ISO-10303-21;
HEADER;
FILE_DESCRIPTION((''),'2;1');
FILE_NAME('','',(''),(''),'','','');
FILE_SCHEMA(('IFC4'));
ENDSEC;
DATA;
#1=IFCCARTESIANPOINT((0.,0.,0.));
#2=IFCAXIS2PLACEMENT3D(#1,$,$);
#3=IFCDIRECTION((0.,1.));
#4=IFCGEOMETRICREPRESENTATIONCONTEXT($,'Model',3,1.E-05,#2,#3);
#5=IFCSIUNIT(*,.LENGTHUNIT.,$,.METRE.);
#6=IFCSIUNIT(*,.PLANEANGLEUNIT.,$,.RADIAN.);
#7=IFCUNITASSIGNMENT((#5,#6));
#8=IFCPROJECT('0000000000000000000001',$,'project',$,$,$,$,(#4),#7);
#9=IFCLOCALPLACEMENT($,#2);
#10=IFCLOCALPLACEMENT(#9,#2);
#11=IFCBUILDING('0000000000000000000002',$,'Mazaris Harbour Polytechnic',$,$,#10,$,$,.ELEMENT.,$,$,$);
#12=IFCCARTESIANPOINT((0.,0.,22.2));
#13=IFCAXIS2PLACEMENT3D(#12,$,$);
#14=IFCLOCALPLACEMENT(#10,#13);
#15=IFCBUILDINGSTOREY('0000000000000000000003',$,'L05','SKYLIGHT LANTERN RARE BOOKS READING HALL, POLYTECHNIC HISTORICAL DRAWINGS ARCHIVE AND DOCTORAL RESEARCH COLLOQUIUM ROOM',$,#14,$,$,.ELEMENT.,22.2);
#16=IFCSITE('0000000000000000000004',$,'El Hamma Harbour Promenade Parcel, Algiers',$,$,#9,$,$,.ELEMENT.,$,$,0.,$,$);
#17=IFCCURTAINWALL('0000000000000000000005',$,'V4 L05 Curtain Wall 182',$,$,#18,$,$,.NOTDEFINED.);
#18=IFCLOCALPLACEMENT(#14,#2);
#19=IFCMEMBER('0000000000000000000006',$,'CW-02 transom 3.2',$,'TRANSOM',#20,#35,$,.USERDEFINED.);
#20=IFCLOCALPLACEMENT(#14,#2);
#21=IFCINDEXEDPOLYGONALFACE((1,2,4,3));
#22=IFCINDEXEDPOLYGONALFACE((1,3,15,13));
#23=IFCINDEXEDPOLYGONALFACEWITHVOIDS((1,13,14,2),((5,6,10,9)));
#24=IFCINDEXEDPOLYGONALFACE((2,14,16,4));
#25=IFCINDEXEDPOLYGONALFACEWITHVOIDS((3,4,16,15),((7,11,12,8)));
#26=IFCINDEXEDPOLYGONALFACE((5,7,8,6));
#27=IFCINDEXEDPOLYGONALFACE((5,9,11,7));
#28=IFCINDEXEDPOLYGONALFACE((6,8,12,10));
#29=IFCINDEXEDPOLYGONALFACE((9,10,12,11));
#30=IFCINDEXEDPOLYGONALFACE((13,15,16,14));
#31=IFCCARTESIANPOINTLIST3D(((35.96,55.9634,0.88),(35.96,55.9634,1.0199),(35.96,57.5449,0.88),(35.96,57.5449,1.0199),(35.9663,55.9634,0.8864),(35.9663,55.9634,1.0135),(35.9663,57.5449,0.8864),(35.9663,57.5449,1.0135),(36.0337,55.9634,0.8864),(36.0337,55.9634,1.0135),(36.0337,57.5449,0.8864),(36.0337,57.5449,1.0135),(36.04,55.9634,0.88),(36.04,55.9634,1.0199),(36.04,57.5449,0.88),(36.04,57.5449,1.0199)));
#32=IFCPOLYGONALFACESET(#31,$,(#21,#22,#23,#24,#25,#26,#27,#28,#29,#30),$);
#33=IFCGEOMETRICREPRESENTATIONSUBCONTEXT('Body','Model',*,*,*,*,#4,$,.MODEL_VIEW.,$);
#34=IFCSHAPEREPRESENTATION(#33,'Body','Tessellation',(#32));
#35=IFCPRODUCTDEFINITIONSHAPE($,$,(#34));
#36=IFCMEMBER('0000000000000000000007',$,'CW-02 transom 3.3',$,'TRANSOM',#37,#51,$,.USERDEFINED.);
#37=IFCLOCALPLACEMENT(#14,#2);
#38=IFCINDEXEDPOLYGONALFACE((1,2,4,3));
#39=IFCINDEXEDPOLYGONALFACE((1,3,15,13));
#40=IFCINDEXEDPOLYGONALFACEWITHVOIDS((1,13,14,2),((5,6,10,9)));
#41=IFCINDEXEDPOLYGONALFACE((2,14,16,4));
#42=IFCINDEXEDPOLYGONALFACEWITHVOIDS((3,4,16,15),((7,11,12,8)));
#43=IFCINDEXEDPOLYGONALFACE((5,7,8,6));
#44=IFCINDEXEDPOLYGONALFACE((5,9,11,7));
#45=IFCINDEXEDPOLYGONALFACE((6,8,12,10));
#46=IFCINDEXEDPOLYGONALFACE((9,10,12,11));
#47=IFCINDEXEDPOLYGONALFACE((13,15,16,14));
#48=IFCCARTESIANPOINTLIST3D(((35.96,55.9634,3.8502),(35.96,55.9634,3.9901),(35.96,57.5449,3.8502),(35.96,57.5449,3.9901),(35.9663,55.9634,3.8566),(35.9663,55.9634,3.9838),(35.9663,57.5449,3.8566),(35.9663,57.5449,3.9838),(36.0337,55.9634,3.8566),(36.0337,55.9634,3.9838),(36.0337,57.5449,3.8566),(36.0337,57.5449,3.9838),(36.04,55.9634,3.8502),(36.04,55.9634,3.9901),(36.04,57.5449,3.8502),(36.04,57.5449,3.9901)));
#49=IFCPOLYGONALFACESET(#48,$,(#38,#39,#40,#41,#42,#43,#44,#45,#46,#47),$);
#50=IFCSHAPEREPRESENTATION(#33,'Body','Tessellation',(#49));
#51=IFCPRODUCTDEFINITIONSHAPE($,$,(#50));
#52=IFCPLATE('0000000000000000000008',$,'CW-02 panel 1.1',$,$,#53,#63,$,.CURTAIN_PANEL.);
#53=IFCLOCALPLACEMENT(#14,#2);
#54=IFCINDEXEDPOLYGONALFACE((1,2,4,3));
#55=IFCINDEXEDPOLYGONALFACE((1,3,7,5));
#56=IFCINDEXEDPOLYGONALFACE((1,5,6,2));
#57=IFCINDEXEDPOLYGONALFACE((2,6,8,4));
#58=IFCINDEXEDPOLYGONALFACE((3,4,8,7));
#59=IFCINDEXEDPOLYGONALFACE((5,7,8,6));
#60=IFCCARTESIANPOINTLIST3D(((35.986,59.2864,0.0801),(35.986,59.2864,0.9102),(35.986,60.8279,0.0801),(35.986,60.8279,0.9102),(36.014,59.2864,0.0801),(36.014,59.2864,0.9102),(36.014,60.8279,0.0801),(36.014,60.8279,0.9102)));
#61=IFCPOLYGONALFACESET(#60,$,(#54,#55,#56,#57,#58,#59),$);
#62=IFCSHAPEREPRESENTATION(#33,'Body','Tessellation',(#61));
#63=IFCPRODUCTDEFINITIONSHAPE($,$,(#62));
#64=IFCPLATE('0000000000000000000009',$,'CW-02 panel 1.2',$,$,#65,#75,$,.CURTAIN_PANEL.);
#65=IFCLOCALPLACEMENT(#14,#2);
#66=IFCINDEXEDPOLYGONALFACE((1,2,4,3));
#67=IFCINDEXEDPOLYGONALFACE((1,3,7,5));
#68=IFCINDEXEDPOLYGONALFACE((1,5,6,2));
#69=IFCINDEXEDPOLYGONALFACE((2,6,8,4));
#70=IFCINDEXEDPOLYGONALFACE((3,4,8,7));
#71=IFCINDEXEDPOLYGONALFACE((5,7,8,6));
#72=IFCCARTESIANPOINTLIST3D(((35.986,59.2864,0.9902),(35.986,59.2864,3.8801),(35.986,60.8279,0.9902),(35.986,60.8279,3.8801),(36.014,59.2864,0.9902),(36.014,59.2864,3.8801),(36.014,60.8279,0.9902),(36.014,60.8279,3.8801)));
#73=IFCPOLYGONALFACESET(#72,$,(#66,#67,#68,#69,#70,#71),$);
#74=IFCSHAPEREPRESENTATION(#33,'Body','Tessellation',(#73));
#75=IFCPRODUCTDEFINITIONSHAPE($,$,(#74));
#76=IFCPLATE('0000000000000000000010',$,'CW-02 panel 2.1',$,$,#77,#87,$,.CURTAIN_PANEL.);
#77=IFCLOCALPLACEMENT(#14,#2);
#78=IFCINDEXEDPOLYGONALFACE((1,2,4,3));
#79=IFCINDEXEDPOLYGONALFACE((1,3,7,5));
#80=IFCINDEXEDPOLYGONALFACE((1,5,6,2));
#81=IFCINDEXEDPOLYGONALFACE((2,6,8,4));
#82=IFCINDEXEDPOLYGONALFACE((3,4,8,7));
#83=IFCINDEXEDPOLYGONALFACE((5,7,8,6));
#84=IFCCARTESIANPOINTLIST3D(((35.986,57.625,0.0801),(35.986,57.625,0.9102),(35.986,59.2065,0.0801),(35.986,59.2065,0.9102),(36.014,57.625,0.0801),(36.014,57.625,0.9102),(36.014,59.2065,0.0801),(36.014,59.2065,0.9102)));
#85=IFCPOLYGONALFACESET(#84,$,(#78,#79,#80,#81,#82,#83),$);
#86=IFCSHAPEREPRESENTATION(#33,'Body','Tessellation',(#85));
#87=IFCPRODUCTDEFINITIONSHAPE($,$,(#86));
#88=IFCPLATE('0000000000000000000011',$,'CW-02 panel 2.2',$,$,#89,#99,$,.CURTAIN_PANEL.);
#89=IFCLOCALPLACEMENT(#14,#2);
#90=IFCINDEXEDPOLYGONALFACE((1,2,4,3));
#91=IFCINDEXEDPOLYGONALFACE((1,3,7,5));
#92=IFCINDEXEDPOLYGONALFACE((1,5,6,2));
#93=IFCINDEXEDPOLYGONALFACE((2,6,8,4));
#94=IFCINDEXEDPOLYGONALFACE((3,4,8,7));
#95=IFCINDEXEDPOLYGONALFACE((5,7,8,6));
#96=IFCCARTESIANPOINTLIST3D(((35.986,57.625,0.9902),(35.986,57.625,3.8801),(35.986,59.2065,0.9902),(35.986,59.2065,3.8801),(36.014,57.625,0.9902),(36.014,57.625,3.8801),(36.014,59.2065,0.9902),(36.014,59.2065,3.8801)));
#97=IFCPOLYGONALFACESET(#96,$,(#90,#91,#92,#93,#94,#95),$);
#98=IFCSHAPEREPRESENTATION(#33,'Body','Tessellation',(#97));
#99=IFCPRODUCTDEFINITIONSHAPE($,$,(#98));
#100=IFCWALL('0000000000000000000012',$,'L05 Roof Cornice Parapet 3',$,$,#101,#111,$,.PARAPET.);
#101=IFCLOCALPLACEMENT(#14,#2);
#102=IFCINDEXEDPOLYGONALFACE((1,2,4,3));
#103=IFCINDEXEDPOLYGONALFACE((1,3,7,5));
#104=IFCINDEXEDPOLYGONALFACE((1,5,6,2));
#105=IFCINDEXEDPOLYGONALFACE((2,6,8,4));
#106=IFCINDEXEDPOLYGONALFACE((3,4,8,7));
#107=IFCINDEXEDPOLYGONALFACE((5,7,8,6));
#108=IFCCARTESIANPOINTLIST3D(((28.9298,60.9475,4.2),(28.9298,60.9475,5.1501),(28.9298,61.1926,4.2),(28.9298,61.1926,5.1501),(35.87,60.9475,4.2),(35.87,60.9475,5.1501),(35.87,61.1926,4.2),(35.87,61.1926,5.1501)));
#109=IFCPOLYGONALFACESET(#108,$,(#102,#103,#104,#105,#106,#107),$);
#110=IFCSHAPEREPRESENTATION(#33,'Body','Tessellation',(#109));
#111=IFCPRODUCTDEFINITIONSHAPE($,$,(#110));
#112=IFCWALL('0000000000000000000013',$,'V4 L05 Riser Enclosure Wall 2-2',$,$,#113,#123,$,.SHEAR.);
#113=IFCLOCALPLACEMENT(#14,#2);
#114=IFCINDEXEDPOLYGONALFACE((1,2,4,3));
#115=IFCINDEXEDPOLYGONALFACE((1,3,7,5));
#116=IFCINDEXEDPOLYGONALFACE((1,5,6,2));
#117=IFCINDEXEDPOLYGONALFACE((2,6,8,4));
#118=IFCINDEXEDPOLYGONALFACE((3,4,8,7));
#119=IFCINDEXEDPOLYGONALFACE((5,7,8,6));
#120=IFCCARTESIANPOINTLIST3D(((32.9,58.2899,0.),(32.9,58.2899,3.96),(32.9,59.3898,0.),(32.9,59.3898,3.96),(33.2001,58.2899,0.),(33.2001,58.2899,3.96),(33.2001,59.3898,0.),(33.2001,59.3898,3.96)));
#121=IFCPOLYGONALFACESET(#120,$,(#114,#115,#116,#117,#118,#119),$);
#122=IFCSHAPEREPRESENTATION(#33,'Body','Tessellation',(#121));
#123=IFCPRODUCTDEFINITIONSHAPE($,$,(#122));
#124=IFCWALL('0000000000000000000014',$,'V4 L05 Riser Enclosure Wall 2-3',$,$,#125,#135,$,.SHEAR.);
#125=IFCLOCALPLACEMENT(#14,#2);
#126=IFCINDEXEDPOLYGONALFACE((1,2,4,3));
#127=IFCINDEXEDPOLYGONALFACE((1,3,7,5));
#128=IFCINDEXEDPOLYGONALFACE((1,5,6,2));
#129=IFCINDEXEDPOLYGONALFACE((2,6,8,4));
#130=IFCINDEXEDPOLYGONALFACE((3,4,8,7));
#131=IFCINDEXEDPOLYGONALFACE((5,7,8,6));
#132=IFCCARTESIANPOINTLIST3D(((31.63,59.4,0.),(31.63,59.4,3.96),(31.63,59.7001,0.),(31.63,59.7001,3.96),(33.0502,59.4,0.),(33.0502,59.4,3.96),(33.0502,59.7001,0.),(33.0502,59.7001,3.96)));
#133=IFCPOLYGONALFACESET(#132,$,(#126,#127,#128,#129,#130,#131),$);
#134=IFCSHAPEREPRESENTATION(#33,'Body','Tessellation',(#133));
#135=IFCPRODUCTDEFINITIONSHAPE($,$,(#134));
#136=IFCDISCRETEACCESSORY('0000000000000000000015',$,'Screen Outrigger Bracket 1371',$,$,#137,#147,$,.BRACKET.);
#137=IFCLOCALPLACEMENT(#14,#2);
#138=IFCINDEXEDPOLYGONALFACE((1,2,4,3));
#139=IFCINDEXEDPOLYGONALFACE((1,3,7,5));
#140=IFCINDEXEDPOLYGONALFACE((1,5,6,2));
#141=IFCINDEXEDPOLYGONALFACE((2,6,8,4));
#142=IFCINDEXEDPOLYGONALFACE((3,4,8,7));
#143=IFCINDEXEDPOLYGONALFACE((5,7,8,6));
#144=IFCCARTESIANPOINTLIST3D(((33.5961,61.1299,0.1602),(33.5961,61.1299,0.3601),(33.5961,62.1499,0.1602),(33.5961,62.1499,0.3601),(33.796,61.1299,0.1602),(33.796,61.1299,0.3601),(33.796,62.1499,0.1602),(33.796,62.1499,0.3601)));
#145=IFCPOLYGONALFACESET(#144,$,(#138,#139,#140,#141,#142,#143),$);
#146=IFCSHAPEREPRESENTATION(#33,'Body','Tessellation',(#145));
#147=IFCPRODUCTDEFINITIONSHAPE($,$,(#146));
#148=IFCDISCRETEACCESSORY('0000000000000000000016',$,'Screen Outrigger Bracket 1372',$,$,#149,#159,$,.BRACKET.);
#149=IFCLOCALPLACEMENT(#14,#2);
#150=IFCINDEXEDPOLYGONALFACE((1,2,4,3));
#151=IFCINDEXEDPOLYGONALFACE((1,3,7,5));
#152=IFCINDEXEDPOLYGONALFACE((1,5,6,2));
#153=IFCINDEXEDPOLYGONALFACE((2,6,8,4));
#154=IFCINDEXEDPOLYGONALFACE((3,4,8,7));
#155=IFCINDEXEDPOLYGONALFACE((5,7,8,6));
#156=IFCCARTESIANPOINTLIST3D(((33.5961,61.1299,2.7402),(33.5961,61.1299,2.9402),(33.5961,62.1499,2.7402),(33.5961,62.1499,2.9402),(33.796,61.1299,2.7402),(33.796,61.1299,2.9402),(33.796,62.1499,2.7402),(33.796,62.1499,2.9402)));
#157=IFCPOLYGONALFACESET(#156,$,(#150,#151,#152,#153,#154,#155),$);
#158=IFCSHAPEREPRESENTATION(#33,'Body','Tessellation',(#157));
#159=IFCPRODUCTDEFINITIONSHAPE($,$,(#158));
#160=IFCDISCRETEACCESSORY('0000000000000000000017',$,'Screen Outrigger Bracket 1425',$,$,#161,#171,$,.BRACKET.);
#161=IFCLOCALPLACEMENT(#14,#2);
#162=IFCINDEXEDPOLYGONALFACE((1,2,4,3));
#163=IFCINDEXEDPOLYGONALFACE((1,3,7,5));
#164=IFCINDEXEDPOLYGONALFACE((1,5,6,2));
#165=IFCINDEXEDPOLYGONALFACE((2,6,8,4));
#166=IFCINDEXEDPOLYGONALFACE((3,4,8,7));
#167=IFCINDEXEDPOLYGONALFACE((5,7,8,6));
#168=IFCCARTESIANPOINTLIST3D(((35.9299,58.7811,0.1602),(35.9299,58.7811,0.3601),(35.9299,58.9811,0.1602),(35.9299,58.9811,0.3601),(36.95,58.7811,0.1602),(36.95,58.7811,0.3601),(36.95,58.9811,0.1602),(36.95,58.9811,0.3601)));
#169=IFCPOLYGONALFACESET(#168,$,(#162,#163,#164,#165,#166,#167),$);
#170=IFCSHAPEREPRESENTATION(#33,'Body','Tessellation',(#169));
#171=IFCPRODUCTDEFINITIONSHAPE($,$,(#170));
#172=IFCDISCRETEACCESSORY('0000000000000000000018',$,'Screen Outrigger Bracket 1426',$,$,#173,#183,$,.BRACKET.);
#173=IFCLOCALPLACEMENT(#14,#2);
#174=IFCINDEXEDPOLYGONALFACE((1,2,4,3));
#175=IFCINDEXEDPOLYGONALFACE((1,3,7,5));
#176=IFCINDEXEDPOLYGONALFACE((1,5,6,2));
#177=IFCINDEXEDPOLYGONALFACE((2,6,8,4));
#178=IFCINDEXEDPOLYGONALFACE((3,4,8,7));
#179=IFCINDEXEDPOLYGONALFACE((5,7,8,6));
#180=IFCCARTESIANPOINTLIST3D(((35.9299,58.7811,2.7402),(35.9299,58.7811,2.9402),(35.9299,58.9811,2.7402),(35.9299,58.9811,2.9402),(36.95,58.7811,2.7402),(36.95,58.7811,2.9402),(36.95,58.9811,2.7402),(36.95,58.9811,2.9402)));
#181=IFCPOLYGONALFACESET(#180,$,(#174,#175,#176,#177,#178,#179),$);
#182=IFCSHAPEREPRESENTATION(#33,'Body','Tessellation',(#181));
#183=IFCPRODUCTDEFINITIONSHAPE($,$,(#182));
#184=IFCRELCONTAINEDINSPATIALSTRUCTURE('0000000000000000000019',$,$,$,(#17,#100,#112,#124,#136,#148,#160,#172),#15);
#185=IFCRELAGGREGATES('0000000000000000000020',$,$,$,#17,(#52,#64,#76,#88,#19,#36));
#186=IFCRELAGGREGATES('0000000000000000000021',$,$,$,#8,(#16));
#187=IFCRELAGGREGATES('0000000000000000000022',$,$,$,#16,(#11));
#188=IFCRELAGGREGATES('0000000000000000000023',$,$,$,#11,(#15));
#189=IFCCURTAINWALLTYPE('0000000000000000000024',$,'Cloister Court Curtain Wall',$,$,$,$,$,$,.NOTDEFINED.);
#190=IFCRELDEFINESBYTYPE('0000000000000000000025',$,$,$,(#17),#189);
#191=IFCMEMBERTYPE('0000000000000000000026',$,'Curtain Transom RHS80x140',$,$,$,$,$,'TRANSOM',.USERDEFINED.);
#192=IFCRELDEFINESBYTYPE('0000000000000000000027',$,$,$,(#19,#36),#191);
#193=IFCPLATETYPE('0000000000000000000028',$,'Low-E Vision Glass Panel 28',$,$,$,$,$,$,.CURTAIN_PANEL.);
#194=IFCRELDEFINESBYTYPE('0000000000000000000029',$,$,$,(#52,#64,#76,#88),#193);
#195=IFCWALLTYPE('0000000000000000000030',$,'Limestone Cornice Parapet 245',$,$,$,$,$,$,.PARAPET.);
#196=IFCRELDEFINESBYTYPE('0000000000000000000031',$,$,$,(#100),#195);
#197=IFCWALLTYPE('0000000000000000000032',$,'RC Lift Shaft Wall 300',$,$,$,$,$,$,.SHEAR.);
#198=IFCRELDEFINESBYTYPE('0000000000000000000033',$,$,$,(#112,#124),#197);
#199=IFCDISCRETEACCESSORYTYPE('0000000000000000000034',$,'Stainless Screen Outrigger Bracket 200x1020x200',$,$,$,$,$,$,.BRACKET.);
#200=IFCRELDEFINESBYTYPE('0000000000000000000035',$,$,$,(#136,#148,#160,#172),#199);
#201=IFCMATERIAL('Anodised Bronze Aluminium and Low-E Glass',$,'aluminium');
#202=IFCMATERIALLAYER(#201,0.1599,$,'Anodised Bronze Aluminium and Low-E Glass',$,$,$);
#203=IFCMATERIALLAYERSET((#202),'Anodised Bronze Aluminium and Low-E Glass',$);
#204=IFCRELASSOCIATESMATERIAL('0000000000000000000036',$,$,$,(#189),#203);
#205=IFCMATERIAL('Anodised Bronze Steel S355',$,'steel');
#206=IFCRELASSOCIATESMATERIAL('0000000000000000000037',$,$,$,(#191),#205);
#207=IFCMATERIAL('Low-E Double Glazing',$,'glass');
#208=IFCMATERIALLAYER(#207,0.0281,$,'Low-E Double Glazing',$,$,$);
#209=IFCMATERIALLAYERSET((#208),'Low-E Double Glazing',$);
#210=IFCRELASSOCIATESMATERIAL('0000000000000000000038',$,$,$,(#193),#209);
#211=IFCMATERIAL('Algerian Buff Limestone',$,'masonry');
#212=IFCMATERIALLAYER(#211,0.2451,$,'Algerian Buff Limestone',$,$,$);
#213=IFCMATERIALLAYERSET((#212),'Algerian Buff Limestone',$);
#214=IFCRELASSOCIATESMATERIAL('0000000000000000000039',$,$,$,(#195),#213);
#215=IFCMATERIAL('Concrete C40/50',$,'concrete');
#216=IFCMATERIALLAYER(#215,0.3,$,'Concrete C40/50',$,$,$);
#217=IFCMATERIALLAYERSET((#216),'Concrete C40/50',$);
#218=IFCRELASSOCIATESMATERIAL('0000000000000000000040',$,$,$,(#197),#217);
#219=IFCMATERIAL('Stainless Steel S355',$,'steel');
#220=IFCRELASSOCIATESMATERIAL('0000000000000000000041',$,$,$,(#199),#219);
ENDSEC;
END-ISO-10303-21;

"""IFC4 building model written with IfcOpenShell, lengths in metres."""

from ifc_helpers import new_model, si_unit, direction, frame, frame_2d, origin, origin_2d, place, context, subcontext, project, spatial, rectangle, hollow_rectangle, extrude, material, layer, layer_set, material_profile, profile_set, type_object, element, aggregate, save


model = new_model("IFC4")

# Units and contexts
model_context = context("Model", 3, precision=1e-05, world=origin(), true_north=direction((0.0, 1.0)))
body_context = subcontext(model_context, "Body", "Model", "MODEL_VIEW")
ifc_project = project(units=[si_unit("LENGTHUNIT", "METRE"), si_unit("PLANEANGLEUNIT", "RADIAN")], contexts=[model_context])

# Site, building, storey
site_placement = place(None, origin())
site = spatial("IfcSite", under=ifc_project, at=site_placement, Name="El Hamma Harbour Promenade Parcel, Algiers", CompositionType="ELEMENT", RefElevation=0.0)
building_placement = place(site_placement, origin())
building = spatial("IfcBuilding", under=site, at=building_placement, Name="Mazaris Harbour Polytechnic", CompositionType="ELEMENT")
storey_placement = place(building_placement, frame((0.0, 0.0, 22.2)))
storey = spatial("IfcBuildingStorey", under=building, at=storey_placement, Name="L05", Description="SKYLIGHT LANTERN RARE BOOKS READING HALL, POLYTECHNIC HISTORICAL DRAWINGS ARCHIVE AND DOCTORAL RESEARCH COLLOQUIUM ROOM", CompositionType="ELEMENT", Elevation=22.2)

# Curtain wall, members, plates
ifc_material_1 = material(Name="Anodised Bronze Aluminium and Low-E Glass", Category="aluminium")
ifc_layer_1 = layer(ifc_material_1, 0.1599, Name="Anodised Bronze Aluminium and Low-E Glass")
ifc_layer_set_1 = layer_set([ifc_layer_1], Name="Anodised Bronze Aluminium and Low-E Glass")
curtain_wall_type = type_object("IfcCurtainWallType", Name="Cloister Court Curtain Wall", PredefinedType="NOTDEFINED", material=ifc_layer_set_1)
curtain_wall_placement = place(storey_placement, origin())
curtain_wall = element("IfcCurtainWall", 1, at=curtain_wall_placement, inside=storey, type_object=curtain_wall_type, Name="V4 L05 Curtain Wall 182", PredefinedType="NOTDEFINED")
ifc_material_2 = material(Name="Anodised Bronze Steel S355", Category="steel")
ifc_material_profile_1 = material_profile(ifc_material_2, hollow_rectangle(XDim=0.0801, YDim=0.1399, WallThickness=0.0063, at=origin_2d()), Name="RHS 80x140x6.3")
ifc_profile_set_1 = profile_set([ifc_material_profile_1], Name="Anodised Bronze Steel S355")
member_type_1 = type_object("IfcMemberType", Name="Curtain Transom RHS80x140", ElementType="TRANSOM", PredefinedType="USERDEFINED", material=ifc_profile_set_1)
member_1_placement = place(storey_placement, frame((36.0, 57.5449, 0.95), z_axis=(0.0, -1.0, 0.0), x_axis=(1.0, 0.0, 0.0)))
member_1 = element("IfcMember", 2, at=member_1_placement, type_object=member_type_1, Name="CW-02 transom 3.2", ObjectType="TRANSOM", PredefinedType="USERDEFINED", context=body_context, shape_type="SweptSolid", body=[
    extrude(hollow_rectangle(XDim=0.0801, YDim=0.1399, WallThickness=0.0063, at=origin_2d()), origin(), (0.0, 0.0, 1.0), 1.5815),
])
member_2_placement = place(storey_placement, frame((36.0, 57.5449, 3.9202), z_axis=(0.0, -1.0, 0.0), x_axis=(1.0, 0.0, 0.0)))
member_2 = element("IfcMember", 3, at=member_2_placement, type_object=member_type_1, Name="CW-02 transom 3.3", ObjectType="TRANSOM", PredefinedType="USERDEFINED", context=body_context, shape_type="SweptSolid", body=[
    extrude(hollow_rectangle(XDim=0.0801, YDim=0.1399, WallThickness=0.0063, at=origin_2d()), origin(), (0.0, 0.0, 1.0), 1.5815),
])
ifc_material_3 = material(Name="Low-E Double Glazing", Category="glass")
ifc_layer_2 = layer(ifc_material_3, 0.0281, Name="Low-E Double Glazing")
ifc_layer_set_2 = layer_set([ifc_layer_2], Name="Low-E Double Glazing")
plate_type = type_object("IfcPlateType", Name="Low-E Vision Glass Panel 28", PredefinedType="CURTAIN_PANEL", material=ifc_layer_set_2)
plate_1_placement = place(storey_placement, frame((36.0, 60.0571, 0.0801), z_axis=(0.0, 0.0, 1.0), x_axis=(0.0, -1.0, 0.0)))
plate_1 = element("IfcPlate", 4, at=plate_1_placement, type_object=plate_type, Name="CW-02 panel 1.1", PredefinedType="CURTAIN_PANEL", context=body_context, shape_type="SweptSolid", body=[
    extrude(rectangle(XDim=1.5415, YDim=0.0281, at=origin_2d()), origin(), (0.0, 0.0, 1.0), 0.8301),
])
plate_2_placement = place(storey_placement, frame((36.0, 60.0571, 0.9902), z_axis=(0.0, 0.0, 1.0), x_axis=(0.0, -1.0, 0.0)))
plate_2 = element("IfcPlate", 5, at=plate_2_placement, type_object=plate_type, Name="CW-02 panel 1.2", PredefinedType="CURTAIN_PANEL", context=body_context, shape_type="SweptSolid", body=[
    extrude(rectangle(XDim=1.5415, YDim=0.0281, at=origin_2d()), origin(), (0.0, 0.0, 1.0), 2.8899),
])
plate_3_placement = place(storey_placement, frame((36.0, 58.4158, 0.0801), z_axis=(0.0, 0.0, 1.0), x_axis=(0.0, -1.0, 0.0)))
plate_3 = element("IfcPlate", 6, at=plate_3_placement, type_object=plate_type, Name="CW-02 panel 2.1", PredefinedType="CURTAIN_PANEL", context=body_context, shape_type="SweptSolid", body=[
    extrude(rectangle(XDim=1.5815, YDim=0.0281, at=origin_2d()), origin(), (0.0, 0.0, 1.0), 0.8301),
])
plate_4_placement = place(storey_placement, frame((36.0, 58.4158, 0.9902), z_axis=(0.0, 0.0, 1.0), x_axis=(0.0, -1.0, 0.0)))
plate_4 = element("IfcPlate", 7, at=plate_4_placement, type_object=plate_type, Name="CW-02 panel 2.2", PredefinedType="CURTAIN_PANEL", context=body_context, shape_type="SweptSolid", body=[
    extrude(rectangle(XDim=1.5815, YDim=0.0281, at=origin_2d()), origin(), (0.0, 0.0, 1.0), 2.8899),
])
aggregate(curtain_wall, [plate_1, plate_2, plate_3, plate_4, member_1, member_2])

# Walls
ifc_material_4 = material(Name="Algerian Buff Limestone", Category="masonry")
ifc_layer_3 = layer(ifc_material_4, 0.2451, Name="Algerian Buff Limestone")
ifc_layer_set_3 = layer_set([ifc_layer_3], Name="Algerian Buff Limestone")
wall_type_1 = type_object("IfcWallType", Name="Limestone Cornice Parapet 245", PredefinedType="PARAPET", material=ifc_layer_set_3)
wall_1_placement = place(storey_placement, frame((35.8701, 61.0701, 4.2), z_axis=(0.0, 0.0, 1.0), x_axis=(-1.0, 0.0, 0.0)))
element("IfcWall", 8, at=wall_1_placement, inside=storey, type_object=wall_type_1, Name="L05 Roof Cornice Parapet 3", PredefinedType="PARAPET", context=body_context, shape_type="SweptSolid", body=[
    extrude(rectangle(XDim=6.9402, YDim=0.2451, at=frame_2d((3.4702, 0.0))), origin(), (0.0, 0.0, 1.0), 0.9502),
])
ifc_material_5 = material(Name="Concrete C40/50", Category="concrete")
ifc_layer_4 = layer(ifc_material_5, 0.3, Name="Concrete C40/50")
ifc_layer_set_4 = layer_set([ifc_layer_4], Name="Concrete C40/50")
wall_type_2 = type_object("IfcWallType", Name="RC Lift Shaft Wall 300", PredefinedType="SHEAR", material=ifc_layer_set_4)
wall_2_placement = place(storey_placement, frame((33.05, 58.29, 0.0), z_axis=(0.0, 0.0, 1.0), x_axis=(0.0, 1.0, 0.0)))
element("IfcWall", 9, at=wall_2_placement, inside=storey, type_object=wall_type_2, Name="V4 L05 Riser Enclosure Wall 2-2", PredefinedType="SHEAR", context=body_context, shape_type="SweptSolid", body=[
    extrude(rectangle(XDim=1.0999, YDim=0.3, at=frame_2d((0.5498, 0.0))), origin(), (0.0, 0.0, 1.0), 3.96),
])
wall_3_placement = place(storey_placement, frame((33.05, 59.55, 0.0), z_axis=(0.0, 0.0, 1.0), x_axis=(-1.0, 0.0, 0.0)))
element("IfcWall", 10, at=wall_3_placement, inside=storey, type_object=wall_type_2, Name="V4 L05 Riser Enclosure Wall 2-3", PredefinedType="SHEAR", context=body_context, shape_type="SweptSolid", body=[
    extrude(rectangle(XDim=1.4202, YDim=0.3, at=frame_2d((0.71, 0.0))), origin(), (0.0, 0.0, 1.0), 3.96),
])

# Discrete accessories
ifc_material_6 = material(Name="Stainless Steel S355", Category="steel")
discrete_accessory_type = type_object("IfcDiscreteAccessoryType", Name="Stainless Screen Outrigger Bracket 200x1020x200", PredefinedType="BRACKET", material=ifc_material_6)
for number, where, z_axis, x_axis, name in (
    (11, (33.696, 61.6399, 0.1602), (0.0, 0.0, 1.0), (1.0, 0.0, 0.0), "Screen Outrigger Bracket 1371"),
    (12, (33.696, 61.6399, 2.7402), (0.0, 0.0, 1.0), (1.0, 0.0, 0.0), "Screen Outrigger Bracket 1372"),
    (13, (36.4399, 58.8811, 0.1602), (0.0, 0.0, 1.0), (0.0, -1.0, 0.0), "Screen Outrigger Bracket 1425"),
    (14, (36.4399, 58.8811, 2.7402), (0.0, 0.0, 1.0), (0.0, -1.0, 0.0), "Screen Outrigger Bracket 1426"),
):
    element("IfcDiscreteAccessory", number, at=place(storey_placement, frame(where, z_axis=z_axis, x_axis=x_axis)), inside=storey, type_object=discrete_accessory_type, Name=name, PredefinedType="BRACKET", context=body_context, shape_type="SweptSolid", body=[
        extrude(rectangle(XDim=0.2, YDim=1.02, at=origin_2d()), origin(), (0.0, 0.0, 1.0), 0.2),
    ])

save(model, "model.ifc")
